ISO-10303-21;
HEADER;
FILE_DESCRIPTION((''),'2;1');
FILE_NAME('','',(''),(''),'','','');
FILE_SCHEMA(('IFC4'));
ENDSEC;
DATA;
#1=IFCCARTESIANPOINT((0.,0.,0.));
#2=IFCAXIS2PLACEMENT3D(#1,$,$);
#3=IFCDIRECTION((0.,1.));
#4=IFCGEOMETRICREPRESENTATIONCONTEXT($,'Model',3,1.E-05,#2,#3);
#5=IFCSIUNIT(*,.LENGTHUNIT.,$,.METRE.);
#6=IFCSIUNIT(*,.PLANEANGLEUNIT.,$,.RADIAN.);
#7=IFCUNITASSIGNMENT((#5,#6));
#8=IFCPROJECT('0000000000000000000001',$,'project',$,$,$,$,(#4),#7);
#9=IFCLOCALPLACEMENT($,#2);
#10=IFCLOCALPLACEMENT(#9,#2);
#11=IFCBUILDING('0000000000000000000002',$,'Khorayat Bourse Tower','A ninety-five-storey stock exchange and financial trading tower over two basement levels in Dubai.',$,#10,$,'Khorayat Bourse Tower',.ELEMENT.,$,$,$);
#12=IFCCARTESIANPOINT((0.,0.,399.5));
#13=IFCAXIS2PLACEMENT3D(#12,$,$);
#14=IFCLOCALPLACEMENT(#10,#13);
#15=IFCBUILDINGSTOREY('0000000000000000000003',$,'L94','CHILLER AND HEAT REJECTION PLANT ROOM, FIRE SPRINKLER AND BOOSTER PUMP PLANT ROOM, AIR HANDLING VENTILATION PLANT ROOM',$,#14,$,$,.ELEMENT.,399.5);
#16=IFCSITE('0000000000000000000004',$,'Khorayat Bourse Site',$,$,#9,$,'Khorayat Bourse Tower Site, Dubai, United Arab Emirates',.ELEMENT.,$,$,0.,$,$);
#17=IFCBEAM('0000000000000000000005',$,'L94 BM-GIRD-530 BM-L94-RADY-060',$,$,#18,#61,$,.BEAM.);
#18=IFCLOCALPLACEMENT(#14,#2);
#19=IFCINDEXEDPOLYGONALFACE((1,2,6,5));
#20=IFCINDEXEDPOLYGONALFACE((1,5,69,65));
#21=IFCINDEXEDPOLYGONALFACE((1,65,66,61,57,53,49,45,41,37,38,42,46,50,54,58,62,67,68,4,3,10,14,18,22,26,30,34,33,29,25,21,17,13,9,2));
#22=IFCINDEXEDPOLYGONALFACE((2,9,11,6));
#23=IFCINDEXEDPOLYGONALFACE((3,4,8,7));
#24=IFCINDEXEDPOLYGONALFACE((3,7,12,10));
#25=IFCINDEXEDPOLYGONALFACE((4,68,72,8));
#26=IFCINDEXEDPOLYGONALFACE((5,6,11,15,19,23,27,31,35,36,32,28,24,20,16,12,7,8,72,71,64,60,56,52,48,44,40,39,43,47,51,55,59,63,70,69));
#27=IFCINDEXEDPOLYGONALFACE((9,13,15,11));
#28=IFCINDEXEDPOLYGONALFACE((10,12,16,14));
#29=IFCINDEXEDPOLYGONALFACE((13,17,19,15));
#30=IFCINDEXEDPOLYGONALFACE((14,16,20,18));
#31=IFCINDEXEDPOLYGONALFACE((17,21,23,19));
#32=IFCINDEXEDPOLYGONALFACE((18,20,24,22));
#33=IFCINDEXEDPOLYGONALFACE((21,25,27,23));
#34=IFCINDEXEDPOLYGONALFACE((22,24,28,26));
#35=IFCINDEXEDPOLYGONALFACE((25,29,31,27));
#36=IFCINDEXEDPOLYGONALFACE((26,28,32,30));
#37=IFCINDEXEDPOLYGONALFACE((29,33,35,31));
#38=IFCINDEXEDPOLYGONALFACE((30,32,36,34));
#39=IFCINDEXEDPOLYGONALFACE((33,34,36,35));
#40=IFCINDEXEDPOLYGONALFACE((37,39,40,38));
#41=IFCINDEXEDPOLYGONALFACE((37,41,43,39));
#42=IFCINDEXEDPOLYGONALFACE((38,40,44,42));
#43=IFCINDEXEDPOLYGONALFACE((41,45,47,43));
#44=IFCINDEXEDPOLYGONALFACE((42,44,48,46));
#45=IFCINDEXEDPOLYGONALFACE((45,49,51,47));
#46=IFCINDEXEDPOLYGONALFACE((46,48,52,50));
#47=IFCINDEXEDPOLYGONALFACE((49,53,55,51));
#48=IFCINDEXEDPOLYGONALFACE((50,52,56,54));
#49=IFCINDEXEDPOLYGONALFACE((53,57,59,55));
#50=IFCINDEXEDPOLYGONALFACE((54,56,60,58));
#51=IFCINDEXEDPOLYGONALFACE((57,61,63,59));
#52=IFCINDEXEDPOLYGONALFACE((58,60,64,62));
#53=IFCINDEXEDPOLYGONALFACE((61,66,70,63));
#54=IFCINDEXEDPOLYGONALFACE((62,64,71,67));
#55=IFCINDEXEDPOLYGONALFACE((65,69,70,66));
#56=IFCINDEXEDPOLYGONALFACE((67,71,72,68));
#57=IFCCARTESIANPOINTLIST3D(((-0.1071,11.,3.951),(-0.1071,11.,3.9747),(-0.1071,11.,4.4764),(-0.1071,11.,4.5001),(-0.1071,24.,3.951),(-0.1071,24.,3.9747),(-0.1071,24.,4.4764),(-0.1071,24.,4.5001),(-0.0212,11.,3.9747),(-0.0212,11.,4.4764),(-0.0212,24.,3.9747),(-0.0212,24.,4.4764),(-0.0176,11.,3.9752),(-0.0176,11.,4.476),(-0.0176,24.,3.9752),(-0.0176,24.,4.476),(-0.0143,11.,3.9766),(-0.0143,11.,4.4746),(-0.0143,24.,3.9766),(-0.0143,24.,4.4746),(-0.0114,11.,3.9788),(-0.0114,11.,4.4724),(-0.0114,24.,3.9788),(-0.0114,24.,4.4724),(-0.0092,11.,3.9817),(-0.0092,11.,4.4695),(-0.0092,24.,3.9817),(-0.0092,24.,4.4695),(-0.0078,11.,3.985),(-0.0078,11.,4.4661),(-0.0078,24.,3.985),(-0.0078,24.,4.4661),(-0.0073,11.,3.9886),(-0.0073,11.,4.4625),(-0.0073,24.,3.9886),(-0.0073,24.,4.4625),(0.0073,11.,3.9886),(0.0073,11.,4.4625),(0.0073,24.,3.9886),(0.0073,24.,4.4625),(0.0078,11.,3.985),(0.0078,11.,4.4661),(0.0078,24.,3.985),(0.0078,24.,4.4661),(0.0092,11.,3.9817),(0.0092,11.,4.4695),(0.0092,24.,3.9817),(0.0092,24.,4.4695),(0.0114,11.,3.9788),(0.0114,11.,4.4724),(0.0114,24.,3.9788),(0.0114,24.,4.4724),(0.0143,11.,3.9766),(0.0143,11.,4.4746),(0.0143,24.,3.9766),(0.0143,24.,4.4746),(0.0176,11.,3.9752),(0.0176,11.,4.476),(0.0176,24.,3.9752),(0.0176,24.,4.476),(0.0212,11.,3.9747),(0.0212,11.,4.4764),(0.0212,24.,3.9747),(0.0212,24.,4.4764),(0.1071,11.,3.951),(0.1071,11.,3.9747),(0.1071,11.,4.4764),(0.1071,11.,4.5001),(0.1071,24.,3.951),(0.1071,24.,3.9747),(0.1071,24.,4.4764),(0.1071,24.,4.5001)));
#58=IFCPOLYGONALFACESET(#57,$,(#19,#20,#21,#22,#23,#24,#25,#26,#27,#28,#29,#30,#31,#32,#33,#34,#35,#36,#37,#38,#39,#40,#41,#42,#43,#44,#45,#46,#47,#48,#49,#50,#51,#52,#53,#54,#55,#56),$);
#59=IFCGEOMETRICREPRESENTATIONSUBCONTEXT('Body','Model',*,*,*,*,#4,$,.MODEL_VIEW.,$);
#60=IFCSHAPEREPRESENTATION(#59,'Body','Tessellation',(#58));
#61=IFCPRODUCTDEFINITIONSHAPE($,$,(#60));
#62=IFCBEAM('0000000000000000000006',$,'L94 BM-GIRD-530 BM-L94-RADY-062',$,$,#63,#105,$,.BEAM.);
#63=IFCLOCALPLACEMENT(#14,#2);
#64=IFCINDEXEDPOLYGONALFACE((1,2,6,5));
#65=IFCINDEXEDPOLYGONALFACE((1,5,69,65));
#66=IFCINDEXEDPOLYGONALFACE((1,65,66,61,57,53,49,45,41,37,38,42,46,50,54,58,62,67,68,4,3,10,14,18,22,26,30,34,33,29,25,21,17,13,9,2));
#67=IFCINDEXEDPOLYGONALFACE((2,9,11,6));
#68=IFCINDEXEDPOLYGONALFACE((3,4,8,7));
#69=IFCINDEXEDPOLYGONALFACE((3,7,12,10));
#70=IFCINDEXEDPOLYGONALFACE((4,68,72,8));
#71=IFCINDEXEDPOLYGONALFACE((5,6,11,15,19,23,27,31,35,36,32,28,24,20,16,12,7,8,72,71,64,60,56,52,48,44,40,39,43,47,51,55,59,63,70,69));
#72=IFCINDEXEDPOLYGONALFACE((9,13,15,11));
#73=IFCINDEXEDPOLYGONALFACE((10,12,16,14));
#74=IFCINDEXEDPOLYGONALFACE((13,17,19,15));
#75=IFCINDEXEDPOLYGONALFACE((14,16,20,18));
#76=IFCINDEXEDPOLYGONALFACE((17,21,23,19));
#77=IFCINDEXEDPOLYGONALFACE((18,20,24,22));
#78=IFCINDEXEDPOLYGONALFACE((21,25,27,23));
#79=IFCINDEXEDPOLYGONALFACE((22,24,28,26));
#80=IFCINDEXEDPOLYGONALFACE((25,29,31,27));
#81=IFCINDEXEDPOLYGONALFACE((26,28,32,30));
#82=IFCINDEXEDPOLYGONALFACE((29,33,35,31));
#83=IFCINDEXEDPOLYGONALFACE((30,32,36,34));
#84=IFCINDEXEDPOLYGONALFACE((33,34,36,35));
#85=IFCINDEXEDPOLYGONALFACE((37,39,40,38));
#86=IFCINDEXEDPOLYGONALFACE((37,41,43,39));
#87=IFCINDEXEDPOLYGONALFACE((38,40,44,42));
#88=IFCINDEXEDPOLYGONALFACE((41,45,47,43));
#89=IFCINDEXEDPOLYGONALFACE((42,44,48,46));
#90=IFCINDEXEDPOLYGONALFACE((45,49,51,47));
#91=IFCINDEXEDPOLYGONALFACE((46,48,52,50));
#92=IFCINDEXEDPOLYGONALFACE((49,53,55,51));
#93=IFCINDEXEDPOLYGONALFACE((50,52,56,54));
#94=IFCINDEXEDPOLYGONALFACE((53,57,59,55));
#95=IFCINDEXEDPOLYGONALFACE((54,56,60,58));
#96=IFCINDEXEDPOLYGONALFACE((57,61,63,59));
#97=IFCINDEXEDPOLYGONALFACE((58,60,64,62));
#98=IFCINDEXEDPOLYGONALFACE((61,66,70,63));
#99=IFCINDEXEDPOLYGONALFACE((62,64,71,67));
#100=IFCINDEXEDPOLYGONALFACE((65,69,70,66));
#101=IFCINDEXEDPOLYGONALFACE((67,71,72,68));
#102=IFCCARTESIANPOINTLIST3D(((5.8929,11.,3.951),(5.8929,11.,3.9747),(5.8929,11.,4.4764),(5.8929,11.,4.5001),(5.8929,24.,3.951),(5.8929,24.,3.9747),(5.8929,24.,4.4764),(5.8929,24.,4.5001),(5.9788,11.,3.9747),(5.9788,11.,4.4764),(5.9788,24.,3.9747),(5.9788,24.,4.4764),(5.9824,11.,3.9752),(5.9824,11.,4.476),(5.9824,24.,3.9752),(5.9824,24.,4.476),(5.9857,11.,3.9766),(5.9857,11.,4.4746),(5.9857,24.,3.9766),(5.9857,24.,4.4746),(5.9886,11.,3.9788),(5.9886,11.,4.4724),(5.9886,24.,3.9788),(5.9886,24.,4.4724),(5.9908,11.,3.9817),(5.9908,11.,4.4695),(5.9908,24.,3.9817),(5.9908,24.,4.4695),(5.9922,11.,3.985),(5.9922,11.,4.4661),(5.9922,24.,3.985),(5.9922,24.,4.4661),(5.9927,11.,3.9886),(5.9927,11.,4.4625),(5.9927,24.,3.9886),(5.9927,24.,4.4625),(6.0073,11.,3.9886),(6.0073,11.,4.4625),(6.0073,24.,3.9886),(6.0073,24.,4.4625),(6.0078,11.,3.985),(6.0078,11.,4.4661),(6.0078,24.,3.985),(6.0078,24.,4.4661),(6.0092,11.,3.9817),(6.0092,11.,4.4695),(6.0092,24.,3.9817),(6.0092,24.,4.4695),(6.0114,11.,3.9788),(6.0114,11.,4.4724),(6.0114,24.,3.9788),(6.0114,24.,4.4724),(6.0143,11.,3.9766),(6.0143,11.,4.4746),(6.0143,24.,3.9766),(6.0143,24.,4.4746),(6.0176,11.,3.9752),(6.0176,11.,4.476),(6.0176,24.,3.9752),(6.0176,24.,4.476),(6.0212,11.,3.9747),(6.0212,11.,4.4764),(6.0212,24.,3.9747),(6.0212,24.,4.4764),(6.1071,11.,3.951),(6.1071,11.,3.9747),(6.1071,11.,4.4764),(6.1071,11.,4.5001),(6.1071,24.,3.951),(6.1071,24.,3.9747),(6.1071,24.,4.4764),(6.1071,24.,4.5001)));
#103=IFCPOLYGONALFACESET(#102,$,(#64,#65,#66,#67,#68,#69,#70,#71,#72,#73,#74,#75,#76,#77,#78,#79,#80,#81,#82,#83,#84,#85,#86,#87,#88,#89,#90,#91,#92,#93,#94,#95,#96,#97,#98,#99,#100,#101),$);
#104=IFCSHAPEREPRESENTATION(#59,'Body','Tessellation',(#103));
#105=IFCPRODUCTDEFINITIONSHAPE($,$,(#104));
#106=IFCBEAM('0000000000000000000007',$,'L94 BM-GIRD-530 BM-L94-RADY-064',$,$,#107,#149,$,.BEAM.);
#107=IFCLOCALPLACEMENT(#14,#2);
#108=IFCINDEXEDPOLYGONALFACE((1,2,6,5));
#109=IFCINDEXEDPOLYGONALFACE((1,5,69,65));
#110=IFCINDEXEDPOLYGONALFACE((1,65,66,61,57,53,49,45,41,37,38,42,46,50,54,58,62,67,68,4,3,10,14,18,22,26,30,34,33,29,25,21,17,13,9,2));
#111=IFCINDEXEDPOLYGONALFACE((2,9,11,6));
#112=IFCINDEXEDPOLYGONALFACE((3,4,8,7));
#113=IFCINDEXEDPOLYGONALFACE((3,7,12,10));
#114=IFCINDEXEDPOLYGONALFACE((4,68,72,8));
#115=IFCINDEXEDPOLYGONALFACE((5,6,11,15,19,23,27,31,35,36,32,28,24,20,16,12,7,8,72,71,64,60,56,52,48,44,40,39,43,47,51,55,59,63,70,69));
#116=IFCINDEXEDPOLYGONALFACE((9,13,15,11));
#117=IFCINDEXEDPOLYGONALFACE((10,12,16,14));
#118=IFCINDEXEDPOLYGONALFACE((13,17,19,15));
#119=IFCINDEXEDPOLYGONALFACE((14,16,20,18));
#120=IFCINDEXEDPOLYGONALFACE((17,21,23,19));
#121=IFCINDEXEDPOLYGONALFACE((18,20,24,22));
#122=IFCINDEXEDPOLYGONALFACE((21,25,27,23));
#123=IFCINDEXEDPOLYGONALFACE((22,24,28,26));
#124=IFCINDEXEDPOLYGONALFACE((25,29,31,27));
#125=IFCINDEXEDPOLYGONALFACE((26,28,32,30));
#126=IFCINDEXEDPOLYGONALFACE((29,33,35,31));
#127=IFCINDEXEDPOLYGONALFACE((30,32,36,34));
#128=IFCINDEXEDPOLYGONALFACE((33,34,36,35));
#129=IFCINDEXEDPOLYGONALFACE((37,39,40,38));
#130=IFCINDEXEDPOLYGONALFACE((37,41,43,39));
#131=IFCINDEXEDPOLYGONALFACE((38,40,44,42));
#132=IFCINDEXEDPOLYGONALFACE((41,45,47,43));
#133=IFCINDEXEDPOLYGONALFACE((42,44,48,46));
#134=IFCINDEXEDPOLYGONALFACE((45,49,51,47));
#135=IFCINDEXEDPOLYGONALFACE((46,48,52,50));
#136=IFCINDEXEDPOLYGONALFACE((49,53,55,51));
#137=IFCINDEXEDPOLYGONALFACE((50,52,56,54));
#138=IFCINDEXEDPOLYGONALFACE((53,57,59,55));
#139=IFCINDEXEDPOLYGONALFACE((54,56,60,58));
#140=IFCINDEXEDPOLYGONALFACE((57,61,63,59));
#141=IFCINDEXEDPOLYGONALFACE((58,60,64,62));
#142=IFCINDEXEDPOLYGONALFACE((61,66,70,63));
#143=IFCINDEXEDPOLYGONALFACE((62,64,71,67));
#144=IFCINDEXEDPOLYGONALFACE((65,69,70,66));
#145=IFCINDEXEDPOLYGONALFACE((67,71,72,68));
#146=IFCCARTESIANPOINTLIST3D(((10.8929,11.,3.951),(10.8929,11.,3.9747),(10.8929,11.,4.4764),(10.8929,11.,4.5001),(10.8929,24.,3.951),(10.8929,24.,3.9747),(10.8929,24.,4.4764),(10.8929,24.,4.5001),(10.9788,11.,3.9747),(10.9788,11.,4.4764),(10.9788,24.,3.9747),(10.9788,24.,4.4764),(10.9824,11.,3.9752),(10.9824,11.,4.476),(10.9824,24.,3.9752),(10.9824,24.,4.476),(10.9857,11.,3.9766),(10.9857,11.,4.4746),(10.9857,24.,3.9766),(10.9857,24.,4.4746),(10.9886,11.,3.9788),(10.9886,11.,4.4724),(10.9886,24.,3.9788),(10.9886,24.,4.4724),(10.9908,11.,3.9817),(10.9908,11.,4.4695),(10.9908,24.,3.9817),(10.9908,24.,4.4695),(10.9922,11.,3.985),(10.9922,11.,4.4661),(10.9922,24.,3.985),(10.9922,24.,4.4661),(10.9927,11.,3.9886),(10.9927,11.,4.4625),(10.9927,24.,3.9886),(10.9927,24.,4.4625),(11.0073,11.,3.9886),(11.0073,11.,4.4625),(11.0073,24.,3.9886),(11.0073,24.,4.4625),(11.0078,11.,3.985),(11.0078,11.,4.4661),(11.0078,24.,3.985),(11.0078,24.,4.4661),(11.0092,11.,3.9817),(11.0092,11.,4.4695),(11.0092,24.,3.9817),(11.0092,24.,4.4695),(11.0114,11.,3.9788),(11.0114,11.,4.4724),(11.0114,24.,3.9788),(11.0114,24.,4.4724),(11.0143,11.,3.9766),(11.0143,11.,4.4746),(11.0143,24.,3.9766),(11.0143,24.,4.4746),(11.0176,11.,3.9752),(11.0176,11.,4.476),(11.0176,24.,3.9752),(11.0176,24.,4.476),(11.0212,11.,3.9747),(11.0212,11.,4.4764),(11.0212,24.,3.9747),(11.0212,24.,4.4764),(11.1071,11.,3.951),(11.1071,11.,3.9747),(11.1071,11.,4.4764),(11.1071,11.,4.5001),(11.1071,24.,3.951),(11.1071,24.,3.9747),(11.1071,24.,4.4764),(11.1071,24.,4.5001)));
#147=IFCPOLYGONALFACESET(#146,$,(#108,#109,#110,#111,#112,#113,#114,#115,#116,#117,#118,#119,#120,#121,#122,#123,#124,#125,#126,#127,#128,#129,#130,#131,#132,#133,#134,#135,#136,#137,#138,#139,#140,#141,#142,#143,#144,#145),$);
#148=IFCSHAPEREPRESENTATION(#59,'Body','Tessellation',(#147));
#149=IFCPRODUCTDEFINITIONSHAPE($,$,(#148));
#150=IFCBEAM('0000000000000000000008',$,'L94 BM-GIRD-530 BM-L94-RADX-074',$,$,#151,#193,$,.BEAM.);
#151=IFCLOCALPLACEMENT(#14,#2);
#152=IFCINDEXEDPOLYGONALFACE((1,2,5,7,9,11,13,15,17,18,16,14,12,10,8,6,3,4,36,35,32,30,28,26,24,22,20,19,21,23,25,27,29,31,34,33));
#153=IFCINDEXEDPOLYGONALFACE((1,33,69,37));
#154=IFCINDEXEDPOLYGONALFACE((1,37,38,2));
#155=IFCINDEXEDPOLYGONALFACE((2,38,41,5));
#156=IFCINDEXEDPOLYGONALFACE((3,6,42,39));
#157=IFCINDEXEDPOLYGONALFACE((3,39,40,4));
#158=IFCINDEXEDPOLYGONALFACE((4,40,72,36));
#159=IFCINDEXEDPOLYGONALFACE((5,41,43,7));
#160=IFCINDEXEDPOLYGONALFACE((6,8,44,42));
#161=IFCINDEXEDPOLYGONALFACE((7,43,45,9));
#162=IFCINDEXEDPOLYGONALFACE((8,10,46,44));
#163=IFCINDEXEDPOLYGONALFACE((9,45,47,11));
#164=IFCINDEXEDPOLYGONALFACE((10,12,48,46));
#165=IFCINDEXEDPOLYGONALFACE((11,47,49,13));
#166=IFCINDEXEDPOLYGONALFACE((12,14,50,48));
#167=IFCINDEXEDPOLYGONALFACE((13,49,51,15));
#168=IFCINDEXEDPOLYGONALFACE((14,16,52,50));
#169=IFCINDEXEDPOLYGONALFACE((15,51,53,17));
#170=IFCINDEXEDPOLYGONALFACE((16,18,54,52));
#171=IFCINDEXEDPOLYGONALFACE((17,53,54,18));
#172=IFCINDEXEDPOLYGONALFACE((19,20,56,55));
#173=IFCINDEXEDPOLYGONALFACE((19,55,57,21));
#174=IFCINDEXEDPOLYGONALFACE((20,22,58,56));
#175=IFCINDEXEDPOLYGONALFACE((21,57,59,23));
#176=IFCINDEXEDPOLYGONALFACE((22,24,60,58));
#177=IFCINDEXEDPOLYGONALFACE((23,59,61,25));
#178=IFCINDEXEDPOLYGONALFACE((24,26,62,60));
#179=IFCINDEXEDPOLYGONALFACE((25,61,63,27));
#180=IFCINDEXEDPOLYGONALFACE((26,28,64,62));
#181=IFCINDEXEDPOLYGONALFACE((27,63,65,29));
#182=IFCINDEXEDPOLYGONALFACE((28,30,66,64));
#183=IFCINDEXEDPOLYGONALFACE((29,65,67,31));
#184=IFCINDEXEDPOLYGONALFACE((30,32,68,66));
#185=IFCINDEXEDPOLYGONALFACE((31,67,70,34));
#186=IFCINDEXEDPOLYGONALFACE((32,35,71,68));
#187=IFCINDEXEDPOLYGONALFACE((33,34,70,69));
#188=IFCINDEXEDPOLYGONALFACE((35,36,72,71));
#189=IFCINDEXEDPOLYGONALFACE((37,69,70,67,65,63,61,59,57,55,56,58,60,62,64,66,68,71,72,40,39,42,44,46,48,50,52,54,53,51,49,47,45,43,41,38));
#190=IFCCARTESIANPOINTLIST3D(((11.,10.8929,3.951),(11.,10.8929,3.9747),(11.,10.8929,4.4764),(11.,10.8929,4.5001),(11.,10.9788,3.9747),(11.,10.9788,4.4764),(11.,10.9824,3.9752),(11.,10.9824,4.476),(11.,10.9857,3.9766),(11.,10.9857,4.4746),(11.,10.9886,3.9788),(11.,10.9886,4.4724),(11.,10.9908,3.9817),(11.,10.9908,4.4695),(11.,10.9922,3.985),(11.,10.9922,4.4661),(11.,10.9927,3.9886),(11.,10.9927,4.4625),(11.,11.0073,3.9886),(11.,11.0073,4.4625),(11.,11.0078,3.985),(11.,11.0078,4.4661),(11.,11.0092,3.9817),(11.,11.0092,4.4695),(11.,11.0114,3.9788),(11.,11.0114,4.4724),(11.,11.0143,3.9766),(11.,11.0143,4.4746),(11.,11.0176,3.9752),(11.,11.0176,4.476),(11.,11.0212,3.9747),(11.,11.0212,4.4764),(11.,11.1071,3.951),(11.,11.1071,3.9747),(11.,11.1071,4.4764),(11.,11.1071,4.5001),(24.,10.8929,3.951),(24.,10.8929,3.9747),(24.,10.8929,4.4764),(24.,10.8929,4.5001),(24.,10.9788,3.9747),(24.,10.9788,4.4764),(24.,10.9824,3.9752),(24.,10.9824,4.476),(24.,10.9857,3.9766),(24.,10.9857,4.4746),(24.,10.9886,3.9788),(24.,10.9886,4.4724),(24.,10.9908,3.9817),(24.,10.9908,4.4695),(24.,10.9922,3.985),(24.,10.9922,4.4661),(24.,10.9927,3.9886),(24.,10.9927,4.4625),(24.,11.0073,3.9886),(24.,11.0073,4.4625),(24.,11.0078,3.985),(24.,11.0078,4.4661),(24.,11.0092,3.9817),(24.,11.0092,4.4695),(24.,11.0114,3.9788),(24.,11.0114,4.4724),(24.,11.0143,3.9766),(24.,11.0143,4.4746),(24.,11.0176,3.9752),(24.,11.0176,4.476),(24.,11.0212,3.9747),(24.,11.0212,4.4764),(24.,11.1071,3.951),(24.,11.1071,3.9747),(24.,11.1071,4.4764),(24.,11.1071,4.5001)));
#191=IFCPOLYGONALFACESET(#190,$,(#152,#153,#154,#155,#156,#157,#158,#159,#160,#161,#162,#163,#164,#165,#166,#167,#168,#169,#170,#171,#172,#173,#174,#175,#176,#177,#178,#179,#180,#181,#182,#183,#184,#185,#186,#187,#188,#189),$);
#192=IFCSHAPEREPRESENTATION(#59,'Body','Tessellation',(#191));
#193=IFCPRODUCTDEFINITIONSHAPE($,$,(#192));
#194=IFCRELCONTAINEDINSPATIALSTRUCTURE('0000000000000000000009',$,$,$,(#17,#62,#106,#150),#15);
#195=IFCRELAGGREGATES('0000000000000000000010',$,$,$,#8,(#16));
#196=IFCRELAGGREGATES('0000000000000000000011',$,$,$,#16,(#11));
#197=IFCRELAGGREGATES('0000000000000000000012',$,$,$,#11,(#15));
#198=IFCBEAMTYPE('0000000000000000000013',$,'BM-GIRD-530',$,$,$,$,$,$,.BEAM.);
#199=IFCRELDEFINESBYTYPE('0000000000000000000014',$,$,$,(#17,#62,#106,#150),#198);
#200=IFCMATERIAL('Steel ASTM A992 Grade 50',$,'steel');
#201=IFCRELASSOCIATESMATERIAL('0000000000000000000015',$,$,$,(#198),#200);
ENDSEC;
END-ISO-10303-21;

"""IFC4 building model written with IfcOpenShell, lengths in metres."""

from ifc_helpers import new_model, si_unit, direction, frame, origin, origin_2d, place, context, subcontext, project, spatial, i_section, extrude, source, transform, mapped, material, material_profile, profile_set, type_object, element, save


model = new_model("IFC4")

# Units and contexts
model_context = context("Model", 3, precision=1e-05, world=origin(), true_north=direction((0.0, 1.0)))
body_context = subcontext(model_context, "Body", "Model", "MODEL_VIEW")
ifc_project = project(units=[si_unit("LENGTHUNIT", "METRE"), si_unit("PLANEANGLEUNIT", "RADIAN")], contexts=[model_context])

# Site, building, storey
site_placement = place(None, origin())
site = spatial("IfcSite", under=ifc_project, at=site_placement, Name="Khorayat Bourse Site", LongName="Khorayat Bourse Tower Site, Dubai, United Arab Emirates", CompositionType="ELEMENT", RefElevation=0.0)
building_placement = place(site_placement, origin())
building = spatial("IfcBuilding", under=site, at=building_placement, Name="Khorayat Bourse Tower", Description="A ninety-five-storey stock exchange and financial trading tower over two basement levels in Dubai.", LongName="Khorayat Bourse Tower", CompositionType="ELEMENT")
storey_placement = place(building_placement, frame((0.0, 0.0, 399.5)))
storey = spatial("IfcBuildingStorey", under=building, at=storey_placement, Name="L94", Description="CHILLER AND HEAT REJECTION PLANT ROOM, FIRE SPRINKLER AND BOOSTER PUMP PLANT ROOM, AIR HANDLING VENTILATION PLANT ROOM", CompositionType="ELEMENT", Elevation=399.5)

# Beams
ifc_material_1 = material(Name="Steel ASTM A992 Grade 50", Category="steel")
ifc_material_profile_1 = material_profile(ifc_material_1, i_section(OverallWidth=0.2141, OverallDepth=0.5491, WebThickness=0.0146, FlangeThickness=0.0237, FilletRadius=0.0139, at=origin_2d()), Name="W530X138")
ifc_profile_set_1 = profile_set([ifc_material_profile_1], Name="Steel ASTM A992 Grade 50")
beam_type_1 = type_object("IfcBeamType", Name="BM-GIRD-530", PredefinedType="BEAM", material=ifc_profile_set_1)
shared_shape_1 = source(origin(), body_context, "Body", "SweptSolid", [
    extrude(i_section(OverallWidth=0.2141, OverallDepth=0.5491, WebThickness=0.0146, FlangeThickness=0.0237, FilletRadius=0.0139, at=origin_2d()), origin(), (0.0, 0.0, 1.0), 13.0),
])
for number, where, z_axis, x_axis, name in (
    (1, (0.0, 11.0, 4.2256), (0.0, 1.0, 0.0), (-1.0, 0.0, 0.0), "L94 BM-GIRD-530 BM-L94-RADY-060"),
    (2, (6.0, 11.0, 4.2256), (0.0, 1.0, 0.0), (-1.0, 0.0, 0.0), "L94 BM-GIRD-530 BM-L94-RADY-062"),
    (3, (11.0, 11.0, 4.2256), (0.0, 1.0, 0.0), (-1.0, 0.0, 0.0), "L94 BM-GIRD-530 BM-L94-RADY-064"),
    (4, (11.0, 11.0, 4.2256), (1.0, 0.0, 0.0), (0.0, 1.0, 0.0), "L94 BM-GIRD-530 BM-L94-RADX-074"),
):
    element("IfcBeam", number, at=place(storey_placement, frame(where, z_axis=z_axis, x_axis=x_axis)), inside=storey, type_object=beam_type_1, Name=name, PredefinedType="BEAM", context=body_context, shape_type="MappedRepresentation", body=[
        mapped(shared_shape_1, transform((0.0, 0.0, 0.0), scale=1.0)),
    ])

save(model, "model.ifc")
